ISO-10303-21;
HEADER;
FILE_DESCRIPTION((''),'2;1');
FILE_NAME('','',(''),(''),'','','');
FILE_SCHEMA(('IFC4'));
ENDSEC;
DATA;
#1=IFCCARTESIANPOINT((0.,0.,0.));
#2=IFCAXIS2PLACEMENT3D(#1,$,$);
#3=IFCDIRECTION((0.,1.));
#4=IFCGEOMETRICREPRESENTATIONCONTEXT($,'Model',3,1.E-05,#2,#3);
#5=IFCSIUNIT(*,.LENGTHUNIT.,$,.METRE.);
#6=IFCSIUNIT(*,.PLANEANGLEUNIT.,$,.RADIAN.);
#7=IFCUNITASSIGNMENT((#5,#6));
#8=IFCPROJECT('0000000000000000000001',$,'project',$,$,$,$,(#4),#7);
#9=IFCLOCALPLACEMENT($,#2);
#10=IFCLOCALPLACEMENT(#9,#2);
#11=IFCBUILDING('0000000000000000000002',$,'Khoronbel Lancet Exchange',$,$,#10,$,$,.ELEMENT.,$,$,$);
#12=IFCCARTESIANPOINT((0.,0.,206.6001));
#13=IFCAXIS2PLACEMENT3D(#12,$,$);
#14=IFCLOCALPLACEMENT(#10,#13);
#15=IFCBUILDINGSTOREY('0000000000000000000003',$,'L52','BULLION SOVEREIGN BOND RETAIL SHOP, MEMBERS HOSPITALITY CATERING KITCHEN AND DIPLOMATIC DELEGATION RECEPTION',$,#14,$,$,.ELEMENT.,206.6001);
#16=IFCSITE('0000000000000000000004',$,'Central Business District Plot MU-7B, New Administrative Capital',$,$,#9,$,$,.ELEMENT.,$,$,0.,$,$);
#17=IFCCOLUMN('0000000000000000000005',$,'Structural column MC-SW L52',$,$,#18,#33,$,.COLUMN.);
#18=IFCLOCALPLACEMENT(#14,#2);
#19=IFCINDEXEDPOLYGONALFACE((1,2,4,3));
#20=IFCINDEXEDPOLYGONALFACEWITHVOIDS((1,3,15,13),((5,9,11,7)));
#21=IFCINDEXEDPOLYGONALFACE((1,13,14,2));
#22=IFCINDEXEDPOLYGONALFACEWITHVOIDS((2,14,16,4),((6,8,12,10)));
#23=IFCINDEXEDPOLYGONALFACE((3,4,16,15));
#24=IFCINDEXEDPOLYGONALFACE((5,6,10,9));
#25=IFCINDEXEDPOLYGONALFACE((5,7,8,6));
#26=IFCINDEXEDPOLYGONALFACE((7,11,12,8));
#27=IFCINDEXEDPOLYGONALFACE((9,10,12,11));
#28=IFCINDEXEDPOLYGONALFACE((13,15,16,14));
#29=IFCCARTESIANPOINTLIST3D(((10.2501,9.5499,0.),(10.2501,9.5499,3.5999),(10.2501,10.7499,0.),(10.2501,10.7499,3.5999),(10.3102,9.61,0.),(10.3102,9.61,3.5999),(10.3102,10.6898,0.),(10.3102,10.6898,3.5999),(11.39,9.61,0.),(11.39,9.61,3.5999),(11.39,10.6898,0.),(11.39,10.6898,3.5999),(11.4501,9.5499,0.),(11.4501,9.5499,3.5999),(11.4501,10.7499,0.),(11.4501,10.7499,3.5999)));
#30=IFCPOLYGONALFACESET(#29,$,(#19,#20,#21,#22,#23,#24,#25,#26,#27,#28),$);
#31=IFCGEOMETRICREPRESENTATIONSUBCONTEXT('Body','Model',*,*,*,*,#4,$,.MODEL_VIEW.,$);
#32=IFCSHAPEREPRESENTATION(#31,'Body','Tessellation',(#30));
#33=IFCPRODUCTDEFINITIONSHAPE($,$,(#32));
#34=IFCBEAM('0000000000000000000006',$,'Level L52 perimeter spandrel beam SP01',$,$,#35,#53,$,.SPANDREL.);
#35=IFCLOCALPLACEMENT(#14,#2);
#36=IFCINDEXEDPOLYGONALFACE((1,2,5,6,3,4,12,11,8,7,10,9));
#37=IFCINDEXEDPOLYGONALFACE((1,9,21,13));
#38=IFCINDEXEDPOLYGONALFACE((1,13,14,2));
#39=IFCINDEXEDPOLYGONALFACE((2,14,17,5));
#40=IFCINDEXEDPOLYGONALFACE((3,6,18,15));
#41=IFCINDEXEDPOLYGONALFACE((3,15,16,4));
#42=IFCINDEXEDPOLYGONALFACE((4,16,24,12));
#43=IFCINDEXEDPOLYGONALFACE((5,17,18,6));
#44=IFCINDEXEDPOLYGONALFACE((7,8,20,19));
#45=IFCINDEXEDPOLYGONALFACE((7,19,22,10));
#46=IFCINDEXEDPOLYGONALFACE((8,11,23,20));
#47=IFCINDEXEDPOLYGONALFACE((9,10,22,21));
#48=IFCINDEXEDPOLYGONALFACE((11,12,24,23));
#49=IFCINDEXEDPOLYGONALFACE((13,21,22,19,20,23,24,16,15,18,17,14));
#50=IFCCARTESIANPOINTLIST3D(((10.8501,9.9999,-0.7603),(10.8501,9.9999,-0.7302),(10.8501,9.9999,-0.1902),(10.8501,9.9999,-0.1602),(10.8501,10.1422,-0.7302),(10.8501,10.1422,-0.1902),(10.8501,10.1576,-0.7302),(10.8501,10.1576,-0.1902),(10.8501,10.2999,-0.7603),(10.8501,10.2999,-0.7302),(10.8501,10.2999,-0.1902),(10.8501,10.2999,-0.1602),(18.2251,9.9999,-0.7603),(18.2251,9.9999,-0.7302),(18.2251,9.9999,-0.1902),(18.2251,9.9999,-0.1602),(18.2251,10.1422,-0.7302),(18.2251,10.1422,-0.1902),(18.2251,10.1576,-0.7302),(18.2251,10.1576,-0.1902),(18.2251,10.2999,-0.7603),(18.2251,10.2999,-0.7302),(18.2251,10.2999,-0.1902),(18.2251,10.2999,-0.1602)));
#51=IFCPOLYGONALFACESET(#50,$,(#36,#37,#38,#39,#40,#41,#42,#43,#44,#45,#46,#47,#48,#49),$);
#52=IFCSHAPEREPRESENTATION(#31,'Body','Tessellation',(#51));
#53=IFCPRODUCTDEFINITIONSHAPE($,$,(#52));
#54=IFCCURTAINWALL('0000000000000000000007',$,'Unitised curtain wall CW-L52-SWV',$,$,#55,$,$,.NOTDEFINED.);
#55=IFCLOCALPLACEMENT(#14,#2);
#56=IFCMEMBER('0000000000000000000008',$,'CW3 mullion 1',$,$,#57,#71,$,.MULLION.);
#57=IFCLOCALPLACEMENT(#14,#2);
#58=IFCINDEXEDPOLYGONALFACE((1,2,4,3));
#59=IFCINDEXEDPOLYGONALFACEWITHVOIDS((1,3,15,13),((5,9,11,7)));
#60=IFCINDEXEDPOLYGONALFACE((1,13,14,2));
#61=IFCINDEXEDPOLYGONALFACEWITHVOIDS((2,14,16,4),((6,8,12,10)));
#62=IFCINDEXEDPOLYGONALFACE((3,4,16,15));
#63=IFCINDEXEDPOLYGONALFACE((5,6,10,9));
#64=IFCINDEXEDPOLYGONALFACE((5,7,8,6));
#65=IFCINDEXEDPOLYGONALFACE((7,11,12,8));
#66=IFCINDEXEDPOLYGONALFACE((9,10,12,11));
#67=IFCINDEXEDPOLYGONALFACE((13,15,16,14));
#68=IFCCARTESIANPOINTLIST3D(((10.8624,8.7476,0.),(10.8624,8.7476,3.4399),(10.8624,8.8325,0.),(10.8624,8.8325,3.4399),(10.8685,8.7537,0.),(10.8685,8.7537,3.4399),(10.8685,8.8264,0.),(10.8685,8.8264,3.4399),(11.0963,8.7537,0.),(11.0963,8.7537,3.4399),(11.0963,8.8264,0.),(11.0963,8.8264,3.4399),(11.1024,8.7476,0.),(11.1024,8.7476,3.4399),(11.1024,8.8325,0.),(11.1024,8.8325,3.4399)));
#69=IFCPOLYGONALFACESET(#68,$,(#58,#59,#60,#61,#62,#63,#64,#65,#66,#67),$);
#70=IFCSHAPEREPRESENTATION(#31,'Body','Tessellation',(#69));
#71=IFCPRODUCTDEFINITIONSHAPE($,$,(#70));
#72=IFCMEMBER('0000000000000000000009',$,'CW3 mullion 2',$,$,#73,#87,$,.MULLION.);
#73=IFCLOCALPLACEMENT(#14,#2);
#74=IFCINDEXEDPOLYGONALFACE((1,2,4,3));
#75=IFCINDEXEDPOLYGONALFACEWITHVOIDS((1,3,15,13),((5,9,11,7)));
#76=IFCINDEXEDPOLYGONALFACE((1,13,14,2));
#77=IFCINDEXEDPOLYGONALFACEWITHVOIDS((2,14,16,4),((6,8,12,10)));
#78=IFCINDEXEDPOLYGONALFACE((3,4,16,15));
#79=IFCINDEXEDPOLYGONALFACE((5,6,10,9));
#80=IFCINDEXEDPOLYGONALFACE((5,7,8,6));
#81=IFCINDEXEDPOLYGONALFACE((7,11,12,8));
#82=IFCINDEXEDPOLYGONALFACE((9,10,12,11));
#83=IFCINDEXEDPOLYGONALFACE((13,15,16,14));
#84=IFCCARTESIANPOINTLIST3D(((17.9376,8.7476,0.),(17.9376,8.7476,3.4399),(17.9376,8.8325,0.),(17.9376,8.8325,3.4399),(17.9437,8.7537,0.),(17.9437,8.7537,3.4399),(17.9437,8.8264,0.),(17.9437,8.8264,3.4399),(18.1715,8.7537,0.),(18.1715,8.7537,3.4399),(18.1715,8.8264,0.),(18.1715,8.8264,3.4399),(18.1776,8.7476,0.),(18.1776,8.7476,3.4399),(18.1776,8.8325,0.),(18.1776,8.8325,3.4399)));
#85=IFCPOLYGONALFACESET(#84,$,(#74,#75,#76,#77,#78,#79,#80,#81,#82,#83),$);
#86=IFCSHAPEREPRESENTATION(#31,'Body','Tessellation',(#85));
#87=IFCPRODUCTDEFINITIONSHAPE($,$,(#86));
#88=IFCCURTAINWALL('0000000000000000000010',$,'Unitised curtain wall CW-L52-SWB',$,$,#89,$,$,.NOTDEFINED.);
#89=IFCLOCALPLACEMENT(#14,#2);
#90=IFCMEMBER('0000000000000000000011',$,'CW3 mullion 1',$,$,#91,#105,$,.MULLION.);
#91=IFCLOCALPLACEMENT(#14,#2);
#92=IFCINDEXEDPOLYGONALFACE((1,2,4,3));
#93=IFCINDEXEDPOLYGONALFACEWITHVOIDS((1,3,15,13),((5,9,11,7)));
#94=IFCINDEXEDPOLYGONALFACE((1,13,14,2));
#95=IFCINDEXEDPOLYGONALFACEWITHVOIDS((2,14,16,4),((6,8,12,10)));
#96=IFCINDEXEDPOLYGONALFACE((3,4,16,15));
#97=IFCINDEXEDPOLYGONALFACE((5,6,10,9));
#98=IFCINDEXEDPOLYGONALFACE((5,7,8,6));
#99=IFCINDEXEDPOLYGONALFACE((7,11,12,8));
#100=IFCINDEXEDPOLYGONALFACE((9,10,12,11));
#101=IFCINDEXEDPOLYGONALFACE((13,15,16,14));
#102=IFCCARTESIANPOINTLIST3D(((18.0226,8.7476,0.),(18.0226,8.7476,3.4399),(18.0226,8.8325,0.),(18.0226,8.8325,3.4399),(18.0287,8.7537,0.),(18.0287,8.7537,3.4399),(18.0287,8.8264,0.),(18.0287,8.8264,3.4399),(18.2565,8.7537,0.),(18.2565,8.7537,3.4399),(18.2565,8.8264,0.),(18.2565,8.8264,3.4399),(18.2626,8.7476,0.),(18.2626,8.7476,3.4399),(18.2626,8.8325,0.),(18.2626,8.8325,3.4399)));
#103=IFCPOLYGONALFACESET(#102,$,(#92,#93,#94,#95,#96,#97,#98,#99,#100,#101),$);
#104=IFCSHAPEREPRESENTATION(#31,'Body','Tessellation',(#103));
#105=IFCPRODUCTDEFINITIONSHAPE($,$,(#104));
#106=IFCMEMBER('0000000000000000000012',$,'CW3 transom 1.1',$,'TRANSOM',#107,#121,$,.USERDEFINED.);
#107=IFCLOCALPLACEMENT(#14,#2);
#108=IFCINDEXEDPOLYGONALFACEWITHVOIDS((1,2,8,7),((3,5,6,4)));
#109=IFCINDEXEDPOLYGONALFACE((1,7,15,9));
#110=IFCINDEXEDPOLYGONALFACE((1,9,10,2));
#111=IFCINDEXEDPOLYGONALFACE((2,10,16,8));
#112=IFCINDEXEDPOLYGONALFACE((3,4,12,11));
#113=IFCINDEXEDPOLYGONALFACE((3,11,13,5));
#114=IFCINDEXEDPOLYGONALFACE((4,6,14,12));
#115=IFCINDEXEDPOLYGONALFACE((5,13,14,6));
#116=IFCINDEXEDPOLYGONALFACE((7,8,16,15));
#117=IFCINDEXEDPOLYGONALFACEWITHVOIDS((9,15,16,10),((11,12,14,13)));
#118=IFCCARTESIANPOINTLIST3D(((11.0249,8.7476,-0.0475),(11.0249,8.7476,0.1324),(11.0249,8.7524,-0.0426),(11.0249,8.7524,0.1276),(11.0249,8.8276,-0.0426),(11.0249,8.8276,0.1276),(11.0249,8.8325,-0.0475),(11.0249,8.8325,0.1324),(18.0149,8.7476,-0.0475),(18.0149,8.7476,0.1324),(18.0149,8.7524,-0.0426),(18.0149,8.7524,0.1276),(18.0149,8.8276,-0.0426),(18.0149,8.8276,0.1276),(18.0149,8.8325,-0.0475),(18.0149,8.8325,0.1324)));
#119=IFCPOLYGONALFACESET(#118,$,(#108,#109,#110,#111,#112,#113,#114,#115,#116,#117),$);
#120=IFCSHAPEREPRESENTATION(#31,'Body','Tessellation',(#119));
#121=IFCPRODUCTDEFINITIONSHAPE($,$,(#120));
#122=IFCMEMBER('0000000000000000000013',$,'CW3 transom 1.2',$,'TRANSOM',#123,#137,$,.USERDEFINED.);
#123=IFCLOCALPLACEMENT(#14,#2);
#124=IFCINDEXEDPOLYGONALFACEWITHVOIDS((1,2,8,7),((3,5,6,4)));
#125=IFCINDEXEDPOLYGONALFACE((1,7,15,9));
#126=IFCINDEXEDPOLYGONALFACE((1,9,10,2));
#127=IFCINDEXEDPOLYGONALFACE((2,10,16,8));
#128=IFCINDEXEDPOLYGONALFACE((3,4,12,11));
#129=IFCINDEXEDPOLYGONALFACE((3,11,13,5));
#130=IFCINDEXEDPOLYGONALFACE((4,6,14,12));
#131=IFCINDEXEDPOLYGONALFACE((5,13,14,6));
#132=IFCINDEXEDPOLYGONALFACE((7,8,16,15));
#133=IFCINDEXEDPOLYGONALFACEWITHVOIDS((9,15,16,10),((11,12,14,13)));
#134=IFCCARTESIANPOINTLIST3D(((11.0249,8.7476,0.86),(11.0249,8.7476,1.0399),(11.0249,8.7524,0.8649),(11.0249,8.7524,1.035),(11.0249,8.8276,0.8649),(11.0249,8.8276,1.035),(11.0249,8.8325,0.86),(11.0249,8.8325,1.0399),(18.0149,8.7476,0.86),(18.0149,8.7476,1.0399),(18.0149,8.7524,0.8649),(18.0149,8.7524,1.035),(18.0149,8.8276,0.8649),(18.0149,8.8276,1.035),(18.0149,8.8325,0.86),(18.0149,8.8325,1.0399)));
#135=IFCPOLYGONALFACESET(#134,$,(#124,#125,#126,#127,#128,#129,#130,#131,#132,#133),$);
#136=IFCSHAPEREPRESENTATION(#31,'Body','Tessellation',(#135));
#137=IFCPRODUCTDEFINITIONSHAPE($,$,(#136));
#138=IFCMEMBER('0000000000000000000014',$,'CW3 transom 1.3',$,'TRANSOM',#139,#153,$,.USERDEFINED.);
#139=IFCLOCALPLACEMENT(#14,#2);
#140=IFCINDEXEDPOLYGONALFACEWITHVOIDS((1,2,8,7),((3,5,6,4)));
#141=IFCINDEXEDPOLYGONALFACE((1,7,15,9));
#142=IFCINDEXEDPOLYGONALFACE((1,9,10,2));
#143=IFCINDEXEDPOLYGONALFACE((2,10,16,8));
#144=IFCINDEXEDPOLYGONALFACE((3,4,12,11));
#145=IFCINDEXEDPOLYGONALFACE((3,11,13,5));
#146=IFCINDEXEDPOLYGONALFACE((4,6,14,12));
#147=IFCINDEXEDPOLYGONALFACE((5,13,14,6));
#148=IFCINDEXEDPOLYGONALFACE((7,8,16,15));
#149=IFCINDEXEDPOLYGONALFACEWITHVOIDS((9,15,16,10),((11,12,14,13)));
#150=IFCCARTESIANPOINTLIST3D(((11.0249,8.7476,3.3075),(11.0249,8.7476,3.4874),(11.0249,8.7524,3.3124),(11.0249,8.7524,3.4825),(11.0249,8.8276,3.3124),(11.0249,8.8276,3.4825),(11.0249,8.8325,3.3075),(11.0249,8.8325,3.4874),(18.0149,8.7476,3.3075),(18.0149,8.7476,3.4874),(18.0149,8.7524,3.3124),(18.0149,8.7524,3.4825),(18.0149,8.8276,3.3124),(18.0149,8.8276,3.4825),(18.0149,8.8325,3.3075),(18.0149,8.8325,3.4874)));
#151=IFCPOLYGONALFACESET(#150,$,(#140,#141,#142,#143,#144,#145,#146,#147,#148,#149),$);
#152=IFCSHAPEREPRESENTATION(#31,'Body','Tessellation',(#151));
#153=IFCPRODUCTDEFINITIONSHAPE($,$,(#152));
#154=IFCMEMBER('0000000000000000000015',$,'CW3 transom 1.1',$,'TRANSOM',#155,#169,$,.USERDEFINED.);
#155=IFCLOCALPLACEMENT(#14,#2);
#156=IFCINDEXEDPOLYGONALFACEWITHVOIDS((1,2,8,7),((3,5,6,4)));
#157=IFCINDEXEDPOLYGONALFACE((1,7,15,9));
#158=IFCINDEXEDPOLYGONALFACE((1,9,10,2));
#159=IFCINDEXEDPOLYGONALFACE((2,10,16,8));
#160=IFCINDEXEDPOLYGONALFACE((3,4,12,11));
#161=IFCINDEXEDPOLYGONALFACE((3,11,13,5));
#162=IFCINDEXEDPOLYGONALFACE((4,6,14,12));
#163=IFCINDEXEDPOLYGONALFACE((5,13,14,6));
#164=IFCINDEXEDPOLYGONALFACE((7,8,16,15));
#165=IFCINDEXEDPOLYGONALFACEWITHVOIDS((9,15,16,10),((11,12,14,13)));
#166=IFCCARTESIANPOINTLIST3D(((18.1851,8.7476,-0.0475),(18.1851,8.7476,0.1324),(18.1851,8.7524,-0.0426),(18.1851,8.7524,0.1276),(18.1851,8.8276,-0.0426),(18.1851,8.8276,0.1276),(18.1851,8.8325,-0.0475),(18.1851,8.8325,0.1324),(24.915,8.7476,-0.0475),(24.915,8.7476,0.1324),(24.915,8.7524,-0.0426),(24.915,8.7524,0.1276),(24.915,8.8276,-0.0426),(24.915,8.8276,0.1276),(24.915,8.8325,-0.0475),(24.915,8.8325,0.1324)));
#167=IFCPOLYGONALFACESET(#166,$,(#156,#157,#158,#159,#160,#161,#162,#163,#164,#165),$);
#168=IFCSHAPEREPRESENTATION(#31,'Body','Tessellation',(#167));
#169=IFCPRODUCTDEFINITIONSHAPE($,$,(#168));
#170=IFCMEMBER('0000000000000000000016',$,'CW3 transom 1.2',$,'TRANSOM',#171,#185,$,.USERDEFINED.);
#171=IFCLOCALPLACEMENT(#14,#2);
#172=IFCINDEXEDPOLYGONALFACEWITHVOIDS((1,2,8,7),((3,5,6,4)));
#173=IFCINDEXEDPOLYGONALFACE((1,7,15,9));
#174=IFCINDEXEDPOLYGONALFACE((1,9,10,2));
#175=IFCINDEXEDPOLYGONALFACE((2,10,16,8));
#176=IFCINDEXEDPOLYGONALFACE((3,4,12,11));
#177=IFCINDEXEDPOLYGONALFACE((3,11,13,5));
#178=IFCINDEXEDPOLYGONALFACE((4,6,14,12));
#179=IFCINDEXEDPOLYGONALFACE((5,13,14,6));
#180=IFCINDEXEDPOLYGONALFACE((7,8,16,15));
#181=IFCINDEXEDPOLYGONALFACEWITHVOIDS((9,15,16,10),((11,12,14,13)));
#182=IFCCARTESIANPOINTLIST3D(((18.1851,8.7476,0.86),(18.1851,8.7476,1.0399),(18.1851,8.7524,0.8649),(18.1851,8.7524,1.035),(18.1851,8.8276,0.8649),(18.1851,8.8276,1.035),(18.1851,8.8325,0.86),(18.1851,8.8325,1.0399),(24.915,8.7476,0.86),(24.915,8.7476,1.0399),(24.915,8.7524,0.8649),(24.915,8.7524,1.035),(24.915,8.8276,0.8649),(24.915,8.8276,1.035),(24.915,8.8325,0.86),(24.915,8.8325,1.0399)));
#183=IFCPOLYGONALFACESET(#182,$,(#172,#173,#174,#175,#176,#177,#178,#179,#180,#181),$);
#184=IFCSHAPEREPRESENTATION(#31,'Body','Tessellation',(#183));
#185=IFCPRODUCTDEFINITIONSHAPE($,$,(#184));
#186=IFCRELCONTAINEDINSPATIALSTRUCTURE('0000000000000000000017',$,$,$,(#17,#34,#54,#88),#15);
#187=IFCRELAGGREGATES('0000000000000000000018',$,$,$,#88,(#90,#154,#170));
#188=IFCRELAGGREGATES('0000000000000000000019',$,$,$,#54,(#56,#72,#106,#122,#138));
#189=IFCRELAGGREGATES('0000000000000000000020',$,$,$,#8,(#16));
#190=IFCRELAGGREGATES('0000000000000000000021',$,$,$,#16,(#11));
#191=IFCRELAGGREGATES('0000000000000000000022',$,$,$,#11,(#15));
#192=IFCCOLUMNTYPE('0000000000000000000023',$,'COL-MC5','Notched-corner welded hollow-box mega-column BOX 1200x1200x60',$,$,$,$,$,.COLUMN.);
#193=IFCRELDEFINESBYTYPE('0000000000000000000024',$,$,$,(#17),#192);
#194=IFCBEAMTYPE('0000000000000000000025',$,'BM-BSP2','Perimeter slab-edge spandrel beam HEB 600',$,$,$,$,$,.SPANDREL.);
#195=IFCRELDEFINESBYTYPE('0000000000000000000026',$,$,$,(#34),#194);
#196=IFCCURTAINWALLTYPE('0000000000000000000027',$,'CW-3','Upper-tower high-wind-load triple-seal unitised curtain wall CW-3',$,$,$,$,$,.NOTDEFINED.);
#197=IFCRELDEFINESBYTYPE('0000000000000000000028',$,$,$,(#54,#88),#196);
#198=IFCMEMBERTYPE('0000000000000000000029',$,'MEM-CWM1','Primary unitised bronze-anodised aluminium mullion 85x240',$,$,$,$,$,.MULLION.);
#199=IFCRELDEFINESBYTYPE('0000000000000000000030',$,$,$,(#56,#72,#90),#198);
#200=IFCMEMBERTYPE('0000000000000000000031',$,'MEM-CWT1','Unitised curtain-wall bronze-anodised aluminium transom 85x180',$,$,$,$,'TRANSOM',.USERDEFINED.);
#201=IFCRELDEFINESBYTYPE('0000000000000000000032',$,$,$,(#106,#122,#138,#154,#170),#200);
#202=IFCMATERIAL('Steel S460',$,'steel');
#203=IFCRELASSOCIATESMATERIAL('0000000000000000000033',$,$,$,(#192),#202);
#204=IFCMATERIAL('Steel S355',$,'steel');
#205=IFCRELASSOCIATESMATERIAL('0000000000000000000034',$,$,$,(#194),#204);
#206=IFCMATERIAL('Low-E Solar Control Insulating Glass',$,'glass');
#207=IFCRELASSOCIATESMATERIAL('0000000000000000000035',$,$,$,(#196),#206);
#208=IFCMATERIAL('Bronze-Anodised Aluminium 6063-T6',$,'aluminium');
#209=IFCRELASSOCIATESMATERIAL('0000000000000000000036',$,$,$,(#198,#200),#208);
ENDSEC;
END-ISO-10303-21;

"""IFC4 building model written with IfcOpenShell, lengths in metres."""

from ifc_helpers import new_model, si_unit, direction, frame, origin, origin_2d, place, context, subcontext, project, spatial, hollow_rectangle, i_section, extrude, material, material_profile, profile_set, type_object, element, aggregate, save


model = new_model("IFC4")

# Units and contexts
model_context = context("Model", 3, precision=1e-05, world=origin(), true_north=direction((0.0, 1.0)))
body_context = subcontext(model_context, "Body", "Model", "MODEL_VIEW")
ifc_project = project(units=[si_unit("LENGTHUNIT", "METRE"), si_unit("PLANEANGLEUNIT", "RADIAN")], contexts=[model_context])

# Site, building, storey
site_placement = place(None, origin())
site = spatial("IfcSite", under=ifc_project, at=site_placement, Name="Central Business District Plot MU-7B, New Administrative Capital", CompositionType="ELEMENT", RefElevation=0.0)
building_placement = place(site_placement, origin())
building = spatial("IfcBuilding", under=site, at=building_placement, Name="Khoronbel Lancet Exchange", CompositionType="ELEMENT")
storey_placement = place(building_placement, frame((0.0, 0.0, 206.6001)))
storey = spatial("IfcBuildingStorey", under=building, at=storey_placement, Name="L52", Description="BULLION SOVEREIGN BOND RETAIL SHOP, MEMBERS HOSPITALITY CATERING KITCHEN AND DIPLOMATIC DELEGATION RECEPTION", CompositionType="ELEMENT", Elevation=206.6001)

# Column
ifc_material_1 = material(Name="Steel S460", Category="steel")
ifc_material_profile_1 = material_profile(ifc_material_1, hollow_rectangle(XDim=1.2, YDim=1.2, WallThickness=0.0601, at=origin_2d()), Name="BOX 1200x1200x60")
ifc_profile_set_1 = profile_set([ifc_material_profile_1], Name="Steel S460")
column_type = type_object("IfcColumnType", Name="COL-MC5", Description="Notched-corner welded hollow-box mega-column BOX 1200x1200x60", PredefinedType="COLUMN", material=ifc_profile_set_1)
column_placement = place(storey_placement, frame((10.8501, 10.1499, 0.0), z_axis=(0.0, 0.0, 1.0), x_axis=(1.0, 0.0, 0.0)))
element("IfcColumn", 1, at=column_placement, inside=storey, type_object=column_type, Name="Structural column MC-SW L52", PredefinedType="COLUMN", context=body_context, shape_type="SweptSolid", body=[
    extrude(hollow_rectangle(XDim=1.2, YDim=1.2, WallThickness=0.0601, at=origin_2d()), origin(), (0.0, 0.0, 1.0), 3.5999),
])

# Beam
ifc_material_2 = material(Name="Steel S355", Category="steel")
ifc_material_profile_2 = material_profile(ifc_material_2, i_section(OverallWidth=0.3, OverallDepth=0.6001, WebThickness=0.0154, FlangeThickness=0.03, at=origin_2d()), Name="HEB 600")
ifc_profile_set_2 = profile_set([ifc_material_profile_2], Name="Steel S355")
beam_type = type_object("IfcBeamType", Name="BM-BSP2", Description="Perimeter slab-edge spandrel beam HEB 600", PredefinedType="SPANDREL", material=ifc_profile_set_2)
beam_placement = place(storey_placement, frame((10.8501, 10.1499, -0.4602), z_axis=(1.0, 0.0, 0.0), x_axis=(0.0, 1.0, 0.0)))
element("IfcBeam", 2, at=beam_placement, inside=storey, type_object=beam_type, Name="Level L52 perimeter spandrel beam SP01", PredefinedType="SPANDREL", context=body_context, shape_type="SweptSolid", body=[
    extrude(i_section(OverallWidth=0.3, OverallDepth=0.6001, WebThickness=0.0154, FlangeThickness=0.03, at=origin_2d()), origin(), (0.0, 0.0, 1.0), 7.375),
])

# Curtain wall, members
ifc_material_3 = material(Name="Low-E Solar Control Insulating Glass", Category="glass")
curtain_wall_type = type_object("IfcCurtainWallType", Name="CW-3", Description="Upper-tower high-wind-load triple-seal unitised curtain wall CW-3", PredefinedType="NOTDEFINED", material=ifc_material_3)
curtain_wall_1_placement = place(storey_placement, origin())
curtain_wall_1 = element("IfcCurtainWall", 3, at=curtain_wall_1_placement, inside=storey, type_object=curtain_wall_type, Name="Unitised curtain wall CW-L52-SWV", PredefinedType="NOTDEFINED")
ifc_material_4 = material(Name="Bronze-Anodised Aluminium 6063-T6", Category="aluminium")
ifc_material_profile_3 = material_profile(ifc_material_4, hollow_rectangle(XDim=0.085, YDim=0.24, WallThickness=0.0061, at=origin_2d()), Name="ALU MULLION 85x240")
ifc_profile_set_3 = profile_set([ifc_material_profile_3], Name="Bronze-Anodised Aluminium 6063-T6")
member_type_1 = type_object("IfcMemberType", Name="MEM-CWM1", Description="Primary unitised bronze-anodised aluminium mullion 85x240", PredefinedType="MULLION", material=ifc_profile_set_3)
member_1_placement = place(storey_placement, frame((10.9824, 8.79, 0.0), z_axis=(0.0, 0.0, 1.0), x_axis=(0.0, 1.0, 0.0)))
member_1 = element("IfcMember", 4, at=member_1_placement, type_object=member_type_1, Name="CW3 mullion 1", PredefinedType="MULLION", context=body_context, shape_type="SweptSolid", body=[
    extrude(hollow_rectangle(XDim=0.085, YDim=0.24, WallThickness=0.0061, at=origin_2d()), origin(), (0.0, 0.0, 1.0), 3.4399),
])
member_2_placement = place(storey_placement, frame((18.0576, 8.79, 0.0), z_axis=(0.0, 0.0, 1.0), x_axis=(0.0, 1.0, 0.0)))
member_2 = element("IfcMember", 5, at=member_2_placement, type_object=member_type_1, Name="CW3 mullion 2", PredefinedType="MULLION", context=body_context, shape_type="SweptSolid", body=[
    extrude(hollow_rectangle(XDim=0.085, YDim=0.24, WallThickness=0.0061, at=origin_2d()), origin(), (0.0, 0.0, 1.0), 3.4399),
])

# Curtain wall, member
curtain_wall_2_placement = place(storey_placement, origin())
curtain_wall_2 = element("IfcCurtainWall", 6, at=curtain_wall_2_placement, inside=storey, type_object=curtain_wall_type, Name="Unitised curtain wall CW-L52-SWB", PredefinedType="NOTDEFINED")
member_3_placement = place(storey_placement, frame((18.1426, 8.79, 0.0), z_axis=(0.0, 0.0, 1.0), x_axis=(0.0, 1.0, 0.0)))
member_3 = element("IfcMember", 7, at=member_3_placement, type_object=member_type_1, Name="CW3 mullion 1", PredefinedType="MULLION", context=body_context, shape_type="SweptSolid", body=[
    extrude(hollow_rectangle(XDim=0.085, YDim=0.24, WallThickness=0.0061, at=origin_2d()), origin(), (0.0, 0.0, 1.0), 3.4399),
])

# Members
ifc_material_profile_4 = material_profile(ifc_material_4, hollow_rectangle(XDim=0.085, YDim=0.1799, WallThickness=0.0049, at=origin_2d()), Name="ALU TRANSOM 85x180")
ifc_profile_set_4 = profile_set([ifc_material_profile_4], Name="Bronze-Anodised Aluminium 6063-T6")
member_type_2 = type_object("IfcMemberType", Name="MEM-CWT1", Description="Unitised curtain-wall bronze-anodised aluminium transom 85x180", ElementType="TRANSOM", PredefinedType="USERDEFINED", material=ifc_profile_set_4)
member_4_placement = place(storey_placement, frame((11.0249, 8.79, 0.0425), z_axis=(1.0, 0.0, 0.0), x_axis=(0.0, 1.0, 0.0)))
member_4 = element("IfcMember", 8, at=member_4_placement, type_object=member_type_2, Name="CW3 transom 1.1", ObjectType="TRANSOM", PredefinedType="USERDEFINED", context=body_context, shape_type="SweptSolid", body=[
    extrude(hollow_rectangle(XDim=0.085, YDim=0.1799, WallThickness=0.0049, at=origin_2d()), origin(), (0.0, 0.0, 1.0), 6.99),
])
member_5_placement = place(storey_placement, frame((11.0249, 8.79, 0.95), z_axis=(1.0, 0.0, 0.0), x_axis=(0.0, 1.0, 0.0)))
member_5 = element("IfcMember", 9, at=member_5_placement, type_object=member_type_2, Name="CW3 transom 1.2", ObjectType="TRANSOM", PredefinedType="USERDEFINED", context=body_context, shape_type="SweptSolid", body=[
    extrude(hollow_rectangle(XDim=0.085, YDim=0.1799, WallThickness=0.0049, at=origin_2d()), origin(), (0.0, 0.0, 1.0), 6.99),
])
member_6_placement = place(storey_placement, frame((11.0249, 8.79, 3.3975), z_axis=(1.0, 0.0, 0.0), x_axis=(0.0, 1.0, 0.0)))
member_6 = element("IfcMember", 10, at=member_6_placement, type_object=member_type_2, Name="CW3 transom 1.3", ObjectType="TRANSOM", PredefinedType="USERDEFINED", context=body_context, shape_type="SweptSolid", body=[
    extrude(hollow_rectangle(XDim=0.085, YDim=0.1799, WallThickness=0.0049, at=origin_2d()), origin(), (0.0, 0.0, 1.0), 6.99),
])
member_7_placement = place(storey_placement, frame((18.1851, 8.79, 0.0425), z_axis=(1.0, 0.0, 0.0), x_axis=(0.0, 1.0, 0.0)))
member_7 = element("IfcMember", 11, at=member_7_placement, type_object=member_type_2, Name="CW3 transom 1.1", ObjectType="TRANSOM", PredefinedType="USERDEFINED", context=body_context, shape_type="SweptSolid", body=[
    extrude(hollow_rectangle(XDim=0.085, YDim=0.1799, WallThickness=0.0049, at=origin_2d()), origin(), (0.0, 0.0, 1.0), 6.73),
])
member_8_placement = place(storey_placement, frame((18.1851, 8.79, 0.95), z_axis=(1.0, 0.0, 0.0), x_axis=(0.0, 1.0, 0.0)))
member_8 = element("IfcMember", 12, at=member_8_placement, type_object=member_type_2, Name="CW3 transom 1.2", ObjectType="TRANSOM", PredefinedType="USERDEFINED", context=body_context, shape_type="SweptSolid", body=[
    extrude(hollow_rectangle(XDim=0.085, YDim=0.1799, WallThickness=0.0049, at=origin_2d()), origin(), (0.0, 0.0, 1.0), 6.73),
])
aggregate(curtain_wall_2, [member_3, member_7, member_8])

aggregate(curtain_wall_1, [member_1, member_2, member_4, member_5, member_6])

save(model, "model.ifc")
